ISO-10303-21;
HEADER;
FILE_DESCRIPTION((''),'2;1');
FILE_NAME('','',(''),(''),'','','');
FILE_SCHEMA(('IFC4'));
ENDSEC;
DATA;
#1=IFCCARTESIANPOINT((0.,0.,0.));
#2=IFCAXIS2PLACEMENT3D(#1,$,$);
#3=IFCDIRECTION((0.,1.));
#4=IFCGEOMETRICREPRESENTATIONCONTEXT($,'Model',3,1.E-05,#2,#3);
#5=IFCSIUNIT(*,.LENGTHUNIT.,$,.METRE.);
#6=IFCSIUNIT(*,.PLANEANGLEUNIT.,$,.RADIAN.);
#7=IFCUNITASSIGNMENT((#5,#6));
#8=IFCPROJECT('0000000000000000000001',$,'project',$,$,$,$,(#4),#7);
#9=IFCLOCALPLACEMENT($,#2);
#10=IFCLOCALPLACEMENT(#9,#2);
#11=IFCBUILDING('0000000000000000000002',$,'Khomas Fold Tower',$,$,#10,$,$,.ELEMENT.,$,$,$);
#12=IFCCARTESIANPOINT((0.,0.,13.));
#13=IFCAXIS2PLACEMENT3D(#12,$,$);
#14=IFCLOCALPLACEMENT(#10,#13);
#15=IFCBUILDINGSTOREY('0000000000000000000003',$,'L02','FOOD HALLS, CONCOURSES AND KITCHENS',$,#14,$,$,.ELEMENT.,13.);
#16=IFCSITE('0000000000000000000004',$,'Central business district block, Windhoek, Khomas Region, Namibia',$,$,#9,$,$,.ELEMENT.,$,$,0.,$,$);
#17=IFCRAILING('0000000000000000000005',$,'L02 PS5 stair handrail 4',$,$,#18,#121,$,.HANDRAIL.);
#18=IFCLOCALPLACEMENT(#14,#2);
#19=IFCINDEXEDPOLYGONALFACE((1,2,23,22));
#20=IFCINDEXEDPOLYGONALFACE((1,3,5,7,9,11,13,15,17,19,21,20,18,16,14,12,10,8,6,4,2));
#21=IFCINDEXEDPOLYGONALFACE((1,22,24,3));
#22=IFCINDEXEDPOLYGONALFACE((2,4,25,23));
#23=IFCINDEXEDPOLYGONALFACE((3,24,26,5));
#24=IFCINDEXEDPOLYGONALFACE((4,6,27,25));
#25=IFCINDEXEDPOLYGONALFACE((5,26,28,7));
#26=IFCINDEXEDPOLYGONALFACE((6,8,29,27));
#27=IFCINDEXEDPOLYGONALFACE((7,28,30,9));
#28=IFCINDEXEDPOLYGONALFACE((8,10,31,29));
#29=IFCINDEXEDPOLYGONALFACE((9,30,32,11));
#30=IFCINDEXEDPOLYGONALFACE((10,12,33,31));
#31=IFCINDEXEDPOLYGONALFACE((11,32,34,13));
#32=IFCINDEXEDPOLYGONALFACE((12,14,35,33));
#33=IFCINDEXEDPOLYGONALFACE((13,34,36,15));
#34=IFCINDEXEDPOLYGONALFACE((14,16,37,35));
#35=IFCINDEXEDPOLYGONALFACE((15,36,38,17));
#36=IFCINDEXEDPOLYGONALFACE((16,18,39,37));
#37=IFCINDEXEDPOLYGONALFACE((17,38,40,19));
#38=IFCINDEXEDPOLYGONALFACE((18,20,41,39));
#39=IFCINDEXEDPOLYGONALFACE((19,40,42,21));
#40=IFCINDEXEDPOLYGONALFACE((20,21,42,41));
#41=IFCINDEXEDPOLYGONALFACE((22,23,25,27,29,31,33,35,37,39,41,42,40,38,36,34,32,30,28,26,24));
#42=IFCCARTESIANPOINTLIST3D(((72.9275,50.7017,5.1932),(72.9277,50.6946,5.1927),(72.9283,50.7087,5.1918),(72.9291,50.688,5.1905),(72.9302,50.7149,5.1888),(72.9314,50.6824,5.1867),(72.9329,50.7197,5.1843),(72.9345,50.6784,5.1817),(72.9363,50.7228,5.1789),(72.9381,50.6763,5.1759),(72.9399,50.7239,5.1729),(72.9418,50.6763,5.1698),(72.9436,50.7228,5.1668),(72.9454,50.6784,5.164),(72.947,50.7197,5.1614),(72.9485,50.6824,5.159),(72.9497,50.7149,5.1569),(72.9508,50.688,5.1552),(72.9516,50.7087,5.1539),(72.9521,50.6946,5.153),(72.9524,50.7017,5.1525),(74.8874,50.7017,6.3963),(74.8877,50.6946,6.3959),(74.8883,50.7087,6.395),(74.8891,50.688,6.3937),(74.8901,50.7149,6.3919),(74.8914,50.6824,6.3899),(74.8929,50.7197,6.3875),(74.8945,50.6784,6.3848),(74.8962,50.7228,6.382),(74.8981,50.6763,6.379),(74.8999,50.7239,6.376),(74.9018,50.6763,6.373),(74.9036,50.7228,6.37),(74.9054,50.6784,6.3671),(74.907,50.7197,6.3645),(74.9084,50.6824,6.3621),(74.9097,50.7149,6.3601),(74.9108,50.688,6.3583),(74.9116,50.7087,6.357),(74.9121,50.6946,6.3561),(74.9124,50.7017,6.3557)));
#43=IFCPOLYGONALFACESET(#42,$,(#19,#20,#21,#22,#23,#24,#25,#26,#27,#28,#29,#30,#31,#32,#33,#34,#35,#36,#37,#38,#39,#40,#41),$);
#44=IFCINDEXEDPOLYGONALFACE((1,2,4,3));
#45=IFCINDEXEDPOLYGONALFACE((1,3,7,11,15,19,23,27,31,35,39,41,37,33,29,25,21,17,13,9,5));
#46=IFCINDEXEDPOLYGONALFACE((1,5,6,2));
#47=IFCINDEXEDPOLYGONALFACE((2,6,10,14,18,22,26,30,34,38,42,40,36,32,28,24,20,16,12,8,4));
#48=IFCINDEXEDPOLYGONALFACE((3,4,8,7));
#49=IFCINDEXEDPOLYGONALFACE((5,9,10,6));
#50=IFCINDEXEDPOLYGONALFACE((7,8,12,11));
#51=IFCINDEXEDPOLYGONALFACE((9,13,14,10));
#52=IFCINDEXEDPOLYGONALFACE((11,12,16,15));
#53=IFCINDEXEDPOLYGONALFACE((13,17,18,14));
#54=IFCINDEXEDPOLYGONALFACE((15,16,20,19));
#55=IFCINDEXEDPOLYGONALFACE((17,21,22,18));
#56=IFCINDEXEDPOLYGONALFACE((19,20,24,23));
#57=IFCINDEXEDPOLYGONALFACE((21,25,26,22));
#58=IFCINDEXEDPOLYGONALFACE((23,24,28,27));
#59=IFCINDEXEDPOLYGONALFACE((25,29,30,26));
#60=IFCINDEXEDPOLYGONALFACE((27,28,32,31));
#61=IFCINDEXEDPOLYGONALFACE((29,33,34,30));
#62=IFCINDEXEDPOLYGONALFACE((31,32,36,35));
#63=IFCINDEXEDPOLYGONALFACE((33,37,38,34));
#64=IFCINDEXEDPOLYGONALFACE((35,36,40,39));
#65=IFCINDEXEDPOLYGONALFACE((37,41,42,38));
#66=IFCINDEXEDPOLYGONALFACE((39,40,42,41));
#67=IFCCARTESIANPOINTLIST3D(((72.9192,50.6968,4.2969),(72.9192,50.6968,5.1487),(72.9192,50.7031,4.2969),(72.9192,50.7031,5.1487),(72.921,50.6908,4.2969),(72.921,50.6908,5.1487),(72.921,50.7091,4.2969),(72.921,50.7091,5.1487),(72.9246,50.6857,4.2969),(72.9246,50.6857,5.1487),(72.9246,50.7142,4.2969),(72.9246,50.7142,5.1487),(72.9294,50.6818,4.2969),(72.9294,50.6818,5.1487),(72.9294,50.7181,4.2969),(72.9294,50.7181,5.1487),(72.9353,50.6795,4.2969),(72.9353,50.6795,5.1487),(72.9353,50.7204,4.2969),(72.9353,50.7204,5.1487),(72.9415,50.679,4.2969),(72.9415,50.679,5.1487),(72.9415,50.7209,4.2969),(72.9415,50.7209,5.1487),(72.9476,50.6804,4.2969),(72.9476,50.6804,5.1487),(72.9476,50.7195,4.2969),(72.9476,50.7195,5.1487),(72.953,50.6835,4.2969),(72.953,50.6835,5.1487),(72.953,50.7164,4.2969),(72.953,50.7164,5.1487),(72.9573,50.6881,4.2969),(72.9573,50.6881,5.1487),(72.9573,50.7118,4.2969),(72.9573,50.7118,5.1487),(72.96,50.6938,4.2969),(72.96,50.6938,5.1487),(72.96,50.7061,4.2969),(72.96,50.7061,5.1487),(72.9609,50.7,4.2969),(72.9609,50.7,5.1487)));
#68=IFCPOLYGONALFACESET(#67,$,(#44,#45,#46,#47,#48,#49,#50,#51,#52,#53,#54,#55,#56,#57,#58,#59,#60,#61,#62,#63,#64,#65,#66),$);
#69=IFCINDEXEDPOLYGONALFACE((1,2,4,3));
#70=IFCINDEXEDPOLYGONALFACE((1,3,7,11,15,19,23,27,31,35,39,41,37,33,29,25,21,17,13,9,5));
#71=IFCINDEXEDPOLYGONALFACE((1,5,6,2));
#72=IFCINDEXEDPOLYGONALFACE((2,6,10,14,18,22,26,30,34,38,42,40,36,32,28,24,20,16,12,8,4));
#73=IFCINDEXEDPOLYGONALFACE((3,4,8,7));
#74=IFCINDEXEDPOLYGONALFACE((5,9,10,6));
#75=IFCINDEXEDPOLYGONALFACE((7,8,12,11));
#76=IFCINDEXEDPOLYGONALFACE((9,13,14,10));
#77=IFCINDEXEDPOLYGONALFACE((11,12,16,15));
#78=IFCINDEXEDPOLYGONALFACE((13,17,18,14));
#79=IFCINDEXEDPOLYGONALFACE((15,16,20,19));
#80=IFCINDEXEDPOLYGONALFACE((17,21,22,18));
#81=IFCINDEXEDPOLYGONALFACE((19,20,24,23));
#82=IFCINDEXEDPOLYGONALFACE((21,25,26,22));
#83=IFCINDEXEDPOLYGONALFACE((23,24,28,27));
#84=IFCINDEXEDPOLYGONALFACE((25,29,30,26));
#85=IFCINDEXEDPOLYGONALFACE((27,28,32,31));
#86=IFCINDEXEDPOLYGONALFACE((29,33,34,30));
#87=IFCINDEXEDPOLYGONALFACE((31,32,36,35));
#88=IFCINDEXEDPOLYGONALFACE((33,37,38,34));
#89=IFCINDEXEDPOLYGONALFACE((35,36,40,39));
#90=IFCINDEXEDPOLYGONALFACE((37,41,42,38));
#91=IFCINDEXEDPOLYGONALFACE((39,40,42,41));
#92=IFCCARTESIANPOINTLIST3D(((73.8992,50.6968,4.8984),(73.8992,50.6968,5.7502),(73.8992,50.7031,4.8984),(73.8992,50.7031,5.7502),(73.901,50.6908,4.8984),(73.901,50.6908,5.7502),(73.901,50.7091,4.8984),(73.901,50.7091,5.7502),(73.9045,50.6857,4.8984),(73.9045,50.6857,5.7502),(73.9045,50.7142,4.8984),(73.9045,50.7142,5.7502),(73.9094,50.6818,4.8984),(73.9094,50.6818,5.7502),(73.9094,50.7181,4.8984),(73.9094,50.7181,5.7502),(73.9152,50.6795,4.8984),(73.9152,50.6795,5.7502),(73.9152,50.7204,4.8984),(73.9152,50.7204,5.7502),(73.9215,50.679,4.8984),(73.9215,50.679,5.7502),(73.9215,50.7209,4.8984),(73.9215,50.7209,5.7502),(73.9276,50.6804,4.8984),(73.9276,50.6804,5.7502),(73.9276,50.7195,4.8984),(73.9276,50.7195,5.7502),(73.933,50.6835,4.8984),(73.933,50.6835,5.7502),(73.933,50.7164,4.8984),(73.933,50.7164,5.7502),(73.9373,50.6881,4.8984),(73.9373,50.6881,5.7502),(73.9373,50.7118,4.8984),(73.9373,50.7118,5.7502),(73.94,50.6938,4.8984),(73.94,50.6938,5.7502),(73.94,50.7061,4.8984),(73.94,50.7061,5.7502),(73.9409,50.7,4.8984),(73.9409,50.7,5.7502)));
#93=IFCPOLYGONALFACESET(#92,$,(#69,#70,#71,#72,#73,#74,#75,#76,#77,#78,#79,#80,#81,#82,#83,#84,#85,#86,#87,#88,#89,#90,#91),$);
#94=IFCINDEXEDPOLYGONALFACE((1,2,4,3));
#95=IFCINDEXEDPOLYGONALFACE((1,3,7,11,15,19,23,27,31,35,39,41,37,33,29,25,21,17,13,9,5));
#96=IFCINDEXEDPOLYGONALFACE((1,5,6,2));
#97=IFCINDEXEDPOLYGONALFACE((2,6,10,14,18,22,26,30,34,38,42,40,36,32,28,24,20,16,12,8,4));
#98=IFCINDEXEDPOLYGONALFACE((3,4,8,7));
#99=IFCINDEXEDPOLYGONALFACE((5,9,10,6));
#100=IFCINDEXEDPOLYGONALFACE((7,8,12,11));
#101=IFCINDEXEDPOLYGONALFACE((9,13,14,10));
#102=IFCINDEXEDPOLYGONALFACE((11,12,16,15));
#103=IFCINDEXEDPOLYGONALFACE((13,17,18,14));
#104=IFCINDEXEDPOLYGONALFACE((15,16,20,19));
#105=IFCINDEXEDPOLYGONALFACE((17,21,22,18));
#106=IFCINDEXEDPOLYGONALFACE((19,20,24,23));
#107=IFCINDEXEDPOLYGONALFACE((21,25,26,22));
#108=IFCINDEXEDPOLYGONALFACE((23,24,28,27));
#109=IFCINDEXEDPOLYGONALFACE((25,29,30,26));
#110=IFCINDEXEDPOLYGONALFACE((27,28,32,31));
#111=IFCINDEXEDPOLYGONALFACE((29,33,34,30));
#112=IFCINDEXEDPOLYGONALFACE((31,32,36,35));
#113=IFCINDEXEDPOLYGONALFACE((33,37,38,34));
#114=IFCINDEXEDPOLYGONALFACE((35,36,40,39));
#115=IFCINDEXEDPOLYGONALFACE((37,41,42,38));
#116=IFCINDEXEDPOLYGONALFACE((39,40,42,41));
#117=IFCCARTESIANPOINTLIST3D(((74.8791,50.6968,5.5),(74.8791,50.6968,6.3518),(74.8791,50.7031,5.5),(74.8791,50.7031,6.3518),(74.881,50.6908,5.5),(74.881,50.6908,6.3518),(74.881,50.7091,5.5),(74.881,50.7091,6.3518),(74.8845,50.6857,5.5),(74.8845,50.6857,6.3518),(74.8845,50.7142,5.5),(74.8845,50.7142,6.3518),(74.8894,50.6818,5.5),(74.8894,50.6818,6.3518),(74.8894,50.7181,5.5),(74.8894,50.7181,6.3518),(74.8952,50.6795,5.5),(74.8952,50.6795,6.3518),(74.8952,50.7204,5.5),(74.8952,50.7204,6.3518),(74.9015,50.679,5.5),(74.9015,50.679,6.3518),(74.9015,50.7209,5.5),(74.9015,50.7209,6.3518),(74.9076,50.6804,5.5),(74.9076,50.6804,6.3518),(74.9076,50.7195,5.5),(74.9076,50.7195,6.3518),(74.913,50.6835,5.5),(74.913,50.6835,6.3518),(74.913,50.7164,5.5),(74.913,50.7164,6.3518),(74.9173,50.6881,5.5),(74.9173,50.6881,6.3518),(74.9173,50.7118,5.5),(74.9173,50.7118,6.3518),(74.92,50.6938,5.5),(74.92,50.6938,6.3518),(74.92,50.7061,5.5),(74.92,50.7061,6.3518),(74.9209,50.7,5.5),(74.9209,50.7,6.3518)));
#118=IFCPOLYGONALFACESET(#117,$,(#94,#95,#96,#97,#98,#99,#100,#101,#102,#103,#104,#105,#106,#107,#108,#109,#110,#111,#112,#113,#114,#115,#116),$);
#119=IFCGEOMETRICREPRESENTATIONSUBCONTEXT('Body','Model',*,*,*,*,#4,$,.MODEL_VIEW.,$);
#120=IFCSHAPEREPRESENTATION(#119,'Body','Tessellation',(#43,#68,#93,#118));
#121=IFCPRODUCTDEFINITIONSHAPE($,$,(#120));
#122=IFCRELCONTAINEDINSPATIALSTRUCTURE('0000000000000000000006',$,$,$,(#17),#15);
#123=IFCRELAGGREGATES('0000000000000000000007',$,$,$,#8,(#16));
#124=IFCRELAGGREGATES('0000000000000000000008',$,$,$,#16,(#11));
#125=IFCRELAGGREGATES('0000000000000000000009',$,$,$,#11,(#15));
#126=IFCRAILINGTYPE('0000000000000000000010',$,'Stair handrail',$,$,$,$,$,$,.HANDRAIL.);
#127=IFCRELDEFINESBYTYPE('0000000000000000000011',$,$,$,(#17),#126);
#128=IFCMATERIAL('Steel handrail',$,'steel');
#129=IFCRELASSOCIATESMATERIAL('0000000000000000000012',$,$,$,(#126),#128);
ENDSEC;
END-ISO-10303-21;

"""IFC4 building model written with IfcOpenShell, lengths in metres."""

from ifc_helpers import new_model, si_unit, direction, frame, origin, origin_2d, place, context, subcontext, project, spatial, circle, extrude, source, transform, mapped, material, type_object, element, save


model = new_model("IFC4")

# Units and contexts
model_context = context("Model", 3, precision=1e-05, world=origin(), true_north=direction((0.0, 1.0)))
body_context = subcontext(model_context, "Body", "Model", "MODEL_VIEW")
ifc_project = project(units=[si_unit("LENGTHUNIT", "METRE"), si_unit("PLANEANGLEUNIT", "RADIAN")], contexts=[model_context])

# Site, building, storey
site_placement = place(None, origin())
site = spatial("IfcSite", under=ifc_project, at=site_placement, Name="Central business district block, Windhoek, Khomas Region, Namibia", CompositionType="ELEMENT", RefElevation=0.0)
building_placement = place(site_placement, origin())
building = spatial("IfcBuilding", under=site, at=building_placement, Name="Khomas Fold Tower", CompositionType="ELEMENT")
storey_placement = place(building_placement, frame((0.0, 0.0, 13.0)))
storey = spatial("IfcBuildingStorey", under=building, at=storey_placement, Name="L02", Description="FOOD HALLS, CONCOURSES AND KITCHENS", CompositionType="ELEMENT", Elevation=13.0)

# Railing
ifc_material_1 = material(Name="Steel handrail", Category="steel")
railing_type_1 = type_object("IfcRailingType", Name="Stair handrail", PredefinedType="HANDRAIL", material=ifc_material_1)
shared_shape_1 = source(origin(), body_context, "Body", "SweptSolid", [
    extrude(circle(Radius=0.0239, at=origin_2d()), frame((0.0, 0.0, 0.876), z_axis=(0.852241, 0.0, 0.523149), x_axis=(0.0, 1.0, 0.0)), (0.0, 0.0, 1.0), 2.2998),
    extrude(circle(Radius=0.021, at=origin_2d()), origin(), (0.0, 0.0, 1.0), 0.8518),
    extrude(circle(Radius=0.021, at=origin_2d()), frame((0.98, 0.0, 0.6016)), (0.0, 0.0, 1.0), 0.8518),
    extrude(circle(Radius=0.021, at=origin_2d()), frame((1.96, 0.0, 1.2031)), (0.0, 0.0, 1.0), 0.8518),
])
for number, where, name in (
    (1, (72.9399, 50.7, 4.2969), "L02 PS5 stair handrail 4"),
):
    element("IfcRailing", number, at=place(storey_placement, frame(where)), inside=storey, type_object=railing_type_1, Name=name, PredefinedType="HANDRAIL", context=body_context, shape_type="MappedRepresentation", body=[
        mapped(shared_shape_1, transform((0.0, 0.0, 0.0))),
    ])

save(model, "model.ifc")
